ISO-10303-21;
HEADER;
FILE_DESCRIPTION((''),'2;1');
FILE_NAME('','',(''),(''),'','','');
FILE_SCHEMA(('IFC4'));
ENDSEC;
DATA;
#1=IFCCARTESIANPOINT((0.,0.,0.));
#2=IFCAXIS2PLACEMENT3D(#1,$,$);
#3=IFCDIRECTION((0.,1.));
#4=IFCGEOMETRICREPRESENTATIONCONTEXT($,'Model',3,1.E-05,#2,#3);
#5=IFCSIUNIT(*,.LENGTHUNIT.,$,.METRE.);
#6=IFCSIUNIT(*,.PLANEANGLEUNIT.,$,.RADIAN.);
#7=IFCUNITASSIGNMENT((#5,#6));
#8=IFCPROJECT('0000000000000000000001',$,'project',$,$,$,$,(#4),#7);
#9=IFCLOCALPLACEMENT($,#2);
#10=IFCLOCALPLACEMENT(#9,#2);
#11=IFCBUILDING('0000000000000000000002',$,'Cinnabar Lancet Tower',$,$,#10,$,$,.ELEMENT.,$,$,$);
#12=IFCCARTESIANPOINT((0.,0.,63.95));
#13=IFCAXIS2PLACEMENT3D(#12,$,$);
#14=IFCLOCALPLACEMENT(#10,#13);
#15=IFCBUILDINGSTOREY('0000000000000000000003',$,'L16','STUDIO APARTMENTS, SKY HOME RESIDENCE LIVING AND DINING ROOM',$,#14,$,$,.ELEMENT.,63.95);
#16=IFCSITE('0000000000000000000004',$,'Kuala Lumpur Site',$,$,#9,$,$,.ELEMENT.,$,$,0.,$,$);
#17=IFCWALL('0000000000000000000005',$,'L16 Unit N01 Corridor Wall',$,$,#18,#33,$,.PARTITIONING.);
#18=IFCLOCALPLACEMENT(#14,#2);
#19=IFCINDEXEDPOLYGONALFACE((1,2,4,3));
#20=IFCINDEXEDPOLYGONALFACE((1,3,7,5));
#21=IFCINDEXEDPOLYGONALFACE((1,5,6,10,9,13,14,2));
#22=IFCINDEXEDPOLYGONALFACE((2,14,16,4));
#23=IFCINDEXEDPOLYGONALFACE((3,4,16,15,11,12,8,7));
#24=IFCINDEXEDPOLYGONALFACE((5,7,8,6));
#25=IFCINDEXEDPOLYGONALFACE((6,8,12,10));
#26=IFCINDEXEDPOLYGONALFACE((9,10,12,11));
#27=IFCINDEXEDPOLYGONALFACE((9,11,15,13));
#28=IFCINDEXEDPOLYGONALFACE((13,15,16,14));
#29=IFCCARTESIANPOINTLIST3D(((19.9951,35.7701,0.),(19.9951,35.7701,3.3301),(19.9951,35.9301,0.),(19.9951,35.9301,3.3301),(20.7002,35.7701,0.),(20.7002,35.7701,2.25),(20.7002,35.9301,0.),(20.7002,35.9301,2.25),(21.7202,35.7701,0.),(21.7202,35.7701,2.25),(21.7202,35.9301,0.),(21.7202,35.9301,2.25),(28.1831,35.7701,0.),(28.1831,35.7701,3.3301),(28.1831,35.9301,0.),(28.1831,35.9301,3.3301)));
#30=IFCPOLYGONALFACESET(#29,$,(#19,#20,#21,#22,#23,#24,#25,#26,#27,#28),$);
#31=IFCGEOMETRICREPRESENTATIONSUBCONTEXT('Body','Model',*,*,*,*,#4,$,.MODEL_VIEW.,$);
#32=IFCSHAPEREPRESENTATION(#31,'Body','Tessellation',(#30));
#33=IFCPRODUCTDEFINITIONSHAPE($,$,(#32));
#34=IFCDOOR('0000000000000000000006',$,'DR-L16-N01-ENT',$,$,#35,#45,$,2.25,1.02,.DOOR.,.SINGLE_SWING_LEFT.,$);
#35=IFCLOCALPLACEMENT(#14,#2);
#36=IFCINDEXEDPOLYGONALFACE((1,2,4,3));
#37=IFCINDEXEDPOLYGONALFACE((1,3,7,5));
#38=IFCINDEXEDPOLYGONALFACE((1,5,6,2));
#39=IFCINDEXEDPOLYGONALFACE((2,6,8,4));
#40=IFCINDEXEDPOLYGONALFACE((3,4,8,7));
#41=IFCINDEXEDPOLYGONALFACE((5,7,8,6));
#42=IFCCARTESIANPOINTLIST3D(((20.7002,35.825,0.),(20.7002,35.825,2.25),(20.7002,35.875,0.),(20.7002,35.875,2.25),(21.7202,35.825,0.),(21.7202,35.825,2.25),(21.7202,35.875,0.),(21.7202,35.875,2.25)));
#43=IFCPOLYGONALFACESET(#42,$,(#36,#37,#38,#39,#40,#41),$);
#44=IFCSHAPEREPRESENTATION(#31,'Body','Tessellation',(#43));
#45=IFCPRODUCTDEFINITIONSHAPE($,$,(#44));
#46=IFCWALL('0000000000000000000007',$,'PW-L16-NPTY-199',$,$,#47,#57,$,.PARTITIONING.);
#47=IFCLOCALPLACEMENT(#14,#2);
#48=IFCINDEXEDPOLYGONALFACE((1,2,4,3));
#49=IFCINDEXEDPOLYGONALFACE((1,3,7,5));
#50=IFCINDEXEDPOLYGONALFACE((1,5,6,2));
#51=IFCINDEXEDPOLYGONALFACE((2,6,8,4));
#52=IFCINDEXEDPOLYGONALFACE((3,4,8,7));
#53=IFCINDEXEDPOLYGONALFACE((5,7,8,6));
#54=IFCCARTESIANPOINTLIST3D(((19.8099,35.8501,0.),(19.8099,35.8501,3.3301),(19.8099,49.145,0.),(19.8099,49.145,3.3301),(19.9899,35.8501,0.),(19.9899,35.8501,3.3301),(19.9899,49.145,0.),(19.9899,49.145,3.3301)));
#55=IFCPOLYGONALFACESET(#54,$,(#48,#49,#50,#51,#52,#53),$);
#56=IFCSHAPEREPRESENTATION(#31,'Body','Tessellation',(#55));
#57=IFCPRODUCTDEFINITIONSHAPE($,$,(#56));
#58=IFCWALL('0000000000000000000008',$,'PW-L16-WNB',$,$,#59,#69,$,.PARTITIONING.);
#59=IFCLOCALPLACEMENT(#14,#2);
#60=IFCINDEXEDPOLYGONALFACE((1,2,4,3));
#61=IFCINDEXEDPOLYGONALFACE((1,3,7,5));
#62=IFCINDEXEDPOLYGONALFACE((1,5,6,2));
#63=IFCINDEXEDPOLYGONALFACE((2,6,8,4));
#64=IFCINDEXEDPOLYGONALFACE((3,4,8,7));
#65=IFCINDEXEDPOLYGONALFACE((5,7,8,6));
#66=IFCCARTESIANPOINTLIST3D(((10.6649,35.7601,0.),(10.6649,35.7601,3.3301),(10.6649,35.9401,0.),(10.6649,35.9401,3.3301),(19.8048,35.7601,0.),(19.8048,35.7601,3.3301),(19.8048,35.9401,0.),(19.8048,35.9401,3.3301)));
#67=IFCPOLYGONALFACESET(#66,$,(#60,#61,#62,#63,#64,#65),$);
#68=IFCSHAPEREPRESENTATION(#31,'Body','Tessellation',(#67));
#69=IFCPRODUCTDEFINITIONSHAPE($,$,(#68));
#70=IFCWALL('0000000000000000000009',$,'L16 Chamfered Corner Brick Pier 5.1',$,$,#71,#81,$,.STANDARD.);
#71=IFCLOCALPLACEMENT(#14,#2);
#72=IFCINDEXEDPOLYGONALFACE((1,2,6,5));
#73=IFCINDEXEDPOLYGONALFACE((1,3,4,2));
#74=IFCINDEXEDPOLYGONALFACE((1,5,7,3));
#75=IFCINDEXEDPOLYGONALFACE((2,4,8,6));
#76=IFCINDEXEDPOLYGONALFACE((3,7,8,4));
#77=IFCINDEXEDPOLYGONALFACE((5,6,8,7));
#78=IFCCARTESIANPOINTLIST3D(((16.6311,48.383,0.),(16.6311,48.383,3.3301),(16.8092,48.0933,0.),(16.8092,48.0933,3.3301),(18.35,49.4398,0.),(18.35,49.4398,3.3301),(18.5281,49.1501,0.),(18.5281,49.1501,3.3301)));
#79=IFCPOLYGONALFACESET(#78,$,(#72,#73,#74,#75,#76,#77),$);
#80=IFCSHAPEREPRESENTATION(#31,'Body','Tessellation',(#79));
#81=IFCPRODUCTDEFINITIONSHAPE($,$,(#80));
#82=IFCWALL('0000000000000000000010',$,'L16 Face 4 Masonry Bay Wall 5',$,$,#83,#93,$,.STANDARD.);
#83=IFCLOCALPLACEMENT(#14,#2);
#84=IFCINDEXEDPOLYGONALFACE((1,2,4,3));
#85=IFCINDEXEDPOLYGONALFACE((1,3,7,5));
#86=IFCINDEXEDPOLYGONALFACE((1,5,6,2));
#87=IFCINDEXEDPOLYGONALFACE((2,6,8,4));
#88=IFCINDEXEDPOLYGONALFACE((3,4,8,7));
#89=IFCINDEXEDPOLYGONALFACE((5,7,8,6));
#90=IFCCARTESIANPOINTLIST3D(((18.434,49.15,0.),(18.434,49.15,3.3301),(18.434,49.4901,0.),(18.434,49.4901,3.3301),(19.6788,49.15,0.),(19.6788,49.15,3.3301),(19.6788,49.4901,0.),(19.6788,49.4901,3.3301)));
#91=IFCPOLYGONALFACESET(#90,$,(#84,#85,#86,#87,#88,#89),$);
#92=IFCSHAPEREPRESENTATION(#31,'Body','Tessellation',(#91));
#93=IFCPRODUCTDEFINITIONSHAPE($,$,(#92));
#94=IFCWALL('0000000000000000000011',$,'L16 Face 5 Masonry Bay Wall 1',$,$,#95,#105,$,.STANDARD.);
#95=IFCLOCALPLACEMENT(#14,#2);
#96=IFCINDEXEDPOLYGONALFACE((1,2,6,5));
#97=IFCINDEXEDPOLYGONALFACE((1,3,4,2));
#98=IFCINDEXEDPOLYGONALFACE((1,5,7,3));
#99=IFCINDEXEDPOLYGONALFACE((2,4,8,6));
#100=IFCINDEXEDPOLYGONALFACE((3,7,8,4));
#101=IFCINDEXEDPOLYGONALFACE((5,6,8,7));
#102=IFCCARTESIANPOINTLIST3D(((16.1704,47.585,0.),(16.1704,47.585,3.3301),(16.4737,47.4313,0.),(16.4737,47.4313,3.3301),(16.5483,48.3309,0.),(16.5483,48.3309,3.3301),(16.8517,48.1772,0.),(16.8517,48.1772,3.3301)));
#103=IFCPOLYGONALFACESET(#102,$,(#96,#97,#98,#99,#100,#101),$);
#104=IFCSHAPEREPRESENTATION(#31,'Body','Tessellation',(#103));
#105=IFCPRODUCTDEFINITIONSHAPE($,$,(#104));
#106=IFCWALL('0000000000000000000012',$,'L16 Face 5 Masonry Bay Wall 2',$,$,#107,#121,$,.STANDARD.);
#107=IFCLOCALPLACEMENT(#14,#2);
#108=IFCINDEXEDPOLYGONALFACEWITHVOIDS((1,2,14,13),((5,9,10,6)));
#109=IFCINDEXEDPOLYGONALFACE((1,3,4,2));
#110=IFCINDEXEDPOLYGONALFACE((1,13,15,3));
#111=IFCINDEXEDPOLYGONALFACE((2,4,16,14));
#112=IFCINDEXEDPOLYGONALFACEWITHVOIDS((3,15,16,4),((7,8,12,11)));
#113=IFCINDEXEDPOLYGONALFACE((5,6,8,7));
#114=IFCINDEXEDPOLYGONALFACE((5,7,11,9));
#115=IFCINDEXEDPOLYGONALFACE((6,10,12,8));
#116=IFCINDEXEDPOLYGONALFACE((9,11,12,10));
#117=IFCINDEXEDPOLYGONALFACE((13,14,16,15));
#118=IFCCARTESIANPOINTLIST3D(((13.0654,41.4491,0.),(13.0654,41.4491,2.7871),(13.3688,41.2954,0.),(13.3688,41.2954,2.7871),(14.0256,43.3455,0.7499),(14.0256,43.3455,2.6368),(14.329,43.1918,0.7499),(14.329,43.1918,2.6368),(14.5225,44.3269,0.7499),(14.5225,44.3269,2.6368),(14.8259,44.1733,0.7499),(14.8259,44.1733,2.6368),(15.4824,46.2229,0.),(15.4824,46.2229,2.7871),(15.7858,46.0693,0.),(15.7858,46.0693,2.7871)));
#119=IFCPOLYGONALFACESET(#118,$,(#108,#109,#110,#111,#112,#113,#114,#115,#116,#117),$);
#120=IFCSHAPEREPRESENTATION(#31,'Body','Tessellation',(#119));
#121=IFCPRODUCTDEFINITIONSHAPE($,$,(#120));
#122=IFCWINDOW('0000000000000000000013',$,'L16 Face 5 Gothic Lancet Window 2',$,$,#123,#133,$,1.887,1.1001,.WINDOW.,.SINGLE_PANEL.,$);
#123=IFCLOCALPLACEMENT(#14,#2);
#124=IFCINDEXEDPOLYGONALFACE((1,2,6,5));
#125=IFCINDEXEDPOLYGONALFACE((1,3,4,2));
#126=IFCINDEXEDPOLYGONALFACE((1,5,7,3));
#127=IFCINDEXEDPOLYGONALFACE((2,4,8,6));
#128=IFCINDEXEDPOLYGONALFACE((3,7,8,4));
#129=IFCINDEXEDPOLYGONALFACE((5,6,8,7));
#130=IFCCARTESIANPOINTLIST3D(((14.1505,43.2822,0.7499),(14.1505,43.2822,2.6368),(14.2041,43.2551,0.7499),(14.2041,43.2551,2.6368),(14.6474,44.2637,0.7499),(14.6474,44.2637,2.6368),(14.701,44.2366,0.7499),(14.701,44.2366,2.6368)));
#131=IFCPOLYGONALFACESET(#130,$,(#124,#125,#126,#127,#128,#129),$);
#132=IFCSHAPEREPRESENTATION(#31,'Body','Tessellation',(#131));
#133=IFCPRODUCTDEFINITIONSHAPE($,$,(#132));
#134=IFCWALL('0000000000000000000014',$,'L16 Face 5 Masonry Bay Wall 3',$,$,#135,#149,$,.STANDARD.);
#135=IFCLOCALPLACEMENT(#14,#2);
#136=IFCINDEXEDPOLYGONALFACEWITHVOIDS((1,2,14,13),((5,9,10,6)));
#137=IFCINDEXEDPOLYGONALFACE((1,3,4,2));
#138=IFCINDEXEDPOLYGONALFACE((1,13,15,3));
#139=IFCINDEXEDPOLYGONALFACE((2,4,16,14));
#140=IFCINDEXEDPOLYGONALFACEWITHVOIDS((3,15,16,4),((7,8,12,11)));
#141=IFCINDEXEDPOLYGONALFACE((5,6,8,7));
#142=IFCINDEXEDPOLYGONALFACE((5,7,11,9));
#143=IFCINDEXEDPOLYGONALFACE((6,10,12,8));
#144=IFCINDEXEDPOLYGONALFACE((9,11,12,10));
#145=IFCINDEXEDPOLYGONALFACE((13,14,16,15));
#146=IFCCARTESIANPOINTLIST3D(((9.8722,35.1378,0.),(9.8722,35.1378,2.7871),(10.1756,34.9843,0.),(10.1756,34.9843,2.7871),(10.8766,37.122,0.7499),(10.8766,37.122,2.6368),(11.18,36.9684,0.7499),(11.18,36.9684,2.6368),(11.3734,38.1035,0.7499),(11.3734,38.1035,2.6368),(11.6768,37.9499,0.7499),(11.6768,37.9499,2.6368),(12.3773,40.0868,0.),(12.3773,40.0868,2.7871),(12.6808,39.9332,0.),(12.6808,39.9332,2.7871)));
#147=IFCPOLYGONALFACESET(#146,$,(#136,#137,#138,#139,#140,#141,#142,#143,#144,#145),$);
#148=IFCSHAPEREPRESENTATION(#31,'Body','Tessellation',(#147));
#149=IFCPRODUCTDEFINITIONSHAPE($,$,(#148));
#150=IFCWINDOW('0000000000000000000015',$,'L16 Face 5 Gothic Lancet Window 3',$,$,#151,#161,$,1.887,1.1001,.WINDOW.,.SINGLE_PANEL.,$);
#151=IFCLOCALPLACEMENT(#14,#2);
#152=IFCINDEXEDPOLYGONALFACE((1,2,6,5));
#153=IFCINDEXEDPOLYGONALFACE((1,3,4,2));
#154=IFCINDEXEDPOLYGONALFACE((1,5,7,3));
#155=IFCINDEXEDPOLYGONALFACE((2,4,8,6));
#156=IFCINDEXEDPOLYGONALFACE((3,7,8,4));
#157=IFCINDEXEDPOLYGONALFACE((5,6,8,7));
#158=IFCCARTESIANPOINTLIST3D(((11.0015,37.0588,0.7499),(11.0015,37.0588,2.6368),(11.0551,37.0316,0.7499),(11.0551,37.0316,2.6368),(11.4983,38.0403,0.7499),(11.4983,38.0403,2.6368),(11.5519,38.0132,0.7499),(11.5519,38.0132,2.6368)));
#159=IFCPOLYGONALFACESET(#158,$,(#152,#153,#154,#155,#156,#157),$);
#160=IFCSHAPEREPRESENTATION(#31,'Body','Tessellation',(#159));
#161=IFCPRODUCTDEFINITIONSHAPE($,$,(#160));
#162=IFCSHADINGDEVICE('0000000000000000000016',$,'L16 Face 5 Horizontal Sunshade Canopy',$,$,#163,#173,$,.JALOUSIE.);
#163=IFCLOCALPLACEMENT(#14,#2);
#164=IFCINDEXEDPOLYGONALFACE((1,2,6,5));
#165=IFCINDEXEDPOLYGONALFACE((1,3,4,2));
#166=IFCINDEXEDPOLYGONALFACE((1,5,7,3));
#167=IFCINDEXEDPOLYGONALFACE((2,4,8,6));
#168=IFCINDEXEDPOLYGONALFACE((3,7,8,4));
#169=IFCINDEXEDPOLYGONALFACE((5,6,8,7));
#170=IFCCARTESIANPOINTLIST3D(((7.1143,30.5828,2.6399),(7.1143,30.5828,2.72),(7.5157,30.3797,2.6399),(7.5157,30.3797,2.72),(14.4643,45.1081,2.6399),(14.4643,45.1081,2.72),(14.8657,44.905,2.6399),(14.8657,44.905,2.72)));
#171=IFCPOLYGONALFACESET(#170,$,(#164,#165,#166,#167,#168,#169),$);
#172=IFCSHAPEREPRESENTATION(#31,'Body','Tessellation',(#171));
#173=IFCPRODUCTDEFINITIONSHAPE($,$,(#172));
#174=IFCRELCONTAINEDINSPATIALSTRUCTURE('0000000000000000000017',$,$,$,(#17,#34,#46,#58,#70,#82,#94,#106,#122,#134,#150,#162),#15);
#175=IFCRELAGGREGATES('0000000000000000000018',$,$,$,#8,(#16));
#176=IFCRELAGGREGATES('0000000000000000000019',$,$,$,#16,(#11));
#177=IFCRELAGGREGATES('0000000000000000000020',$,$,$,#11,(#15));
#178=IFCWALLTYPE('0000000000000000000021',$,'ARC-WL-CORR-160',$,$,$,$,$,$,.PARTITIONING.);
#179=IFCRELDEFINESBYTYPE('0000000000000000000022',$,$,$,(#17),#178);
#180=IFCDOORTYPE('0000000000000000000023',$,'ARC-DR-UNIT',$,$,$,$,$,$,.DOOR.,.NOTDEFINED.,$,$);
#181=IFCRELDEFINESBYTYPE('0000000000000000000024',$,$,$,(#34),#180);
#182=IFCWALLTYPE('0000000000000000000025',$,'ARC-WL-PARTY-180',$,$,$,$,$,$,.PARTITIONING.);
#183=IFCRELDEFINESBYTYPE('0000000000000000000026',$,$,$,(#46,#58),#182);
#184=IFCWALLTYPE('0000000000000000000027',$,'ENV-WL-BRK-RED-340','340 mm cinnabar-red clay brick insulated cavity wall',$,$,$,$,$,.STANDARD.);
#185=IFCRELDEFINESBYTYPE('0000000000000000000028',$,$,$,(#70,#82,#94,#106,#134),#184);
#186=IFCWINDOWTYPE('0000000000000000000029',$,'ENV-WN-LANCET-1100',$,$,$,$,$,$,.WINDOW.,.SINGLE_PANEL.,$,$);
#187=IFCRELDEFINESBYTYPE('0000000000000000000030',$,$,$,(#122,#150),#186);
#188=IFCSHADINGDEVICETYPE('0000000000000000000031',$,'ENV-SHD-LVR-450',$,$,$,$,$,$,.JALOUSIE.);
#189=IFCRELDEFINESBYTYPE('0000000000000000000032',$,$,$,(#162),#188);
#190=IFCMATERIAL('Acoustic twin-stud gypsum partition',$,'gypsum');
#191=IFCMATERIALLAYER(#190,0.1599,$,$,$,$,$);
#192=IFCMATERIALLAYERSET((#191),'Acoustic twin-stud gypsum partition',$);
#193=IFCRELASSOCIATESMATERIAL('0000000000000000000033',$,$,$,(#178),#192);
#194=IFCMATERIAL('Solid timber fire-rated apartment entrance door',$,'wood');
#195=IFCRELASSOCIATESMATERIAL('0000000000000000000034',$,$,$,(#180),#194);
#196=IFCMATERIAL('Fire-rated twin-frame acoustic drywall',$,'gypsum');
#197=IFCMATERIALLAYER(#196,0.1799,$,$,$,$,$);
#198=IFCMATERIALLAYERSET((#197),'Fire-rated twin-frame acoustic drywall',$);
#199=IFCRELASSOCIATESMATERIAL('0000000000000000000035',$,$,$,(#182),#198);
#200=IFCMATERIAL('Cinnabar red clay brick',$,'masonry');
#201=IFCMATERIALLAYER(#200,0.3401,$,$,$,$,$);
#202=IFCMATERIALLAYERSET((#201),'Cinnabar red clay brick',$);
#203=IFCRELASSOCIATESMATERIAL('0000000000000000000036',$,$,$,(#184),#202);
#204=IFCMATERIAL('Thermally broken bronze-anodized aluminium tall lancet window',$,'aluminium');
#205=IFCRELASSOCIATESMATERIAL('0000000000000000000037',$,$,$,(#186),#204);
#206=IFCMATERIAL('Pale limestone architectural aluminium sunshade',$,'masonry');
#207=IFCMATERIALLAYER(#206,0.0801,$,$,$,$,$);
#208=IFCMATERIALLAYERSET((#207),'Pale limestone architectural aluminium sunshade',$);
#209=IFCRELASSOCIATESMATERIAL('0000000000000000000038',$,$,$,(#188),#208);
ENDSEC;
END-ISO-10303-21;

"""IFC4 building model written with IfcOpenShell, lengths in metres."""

from ifc_helpers import new_model, si_unit, direction, frame, frame_2d, origin, origin_2d, place, context, subcontext, project, spatial, rectangle, extrude, material, layer, layer_set, type_object, element, fill, save


model = new_model("IFC4")

# Units and contexts
model_context = context("Model", 3, precision=1e-05, world=origin(), true_north=direction((0.0, 1.0)))
body_context = subcontext(model_context, "Body", "Model", "MODEL_VIEW")
ifc_project = project(units=[si_unit("LENGTHUNIT", "METRE"), si_unit("PLANEANGLEUNIT", "RADIAN")], contexts=[model_context])

# Site, building, storey
site_placement = place(None, origin())
site = spatial("IfcSite", under=ifc_project, at=site_placement, Name="Kuala Lumpur Site", CompositionType="ELEMENT", RefElevation=0.0)
building_placement = place(site_placement, origin())
building = spatial("IfcBuilding", under=site, at=building_placement, Name="Cinnabar Lancet Tower", CompositionType="ELEMENT")
storey_placement = place(building_placement, frame((0.0, 0.0, 63.95)))
storey = spatial("IfcBuildingStorey", under=building, at=storey_placement, Name="L16", Description="STUDIO APARTMENTS, SKY HOME RESIDENCE LIVING AND DINING ROOM", CompositionType="ELEMENT", Elevation=63.95)

# Wall, opening, door
ifc_material_1 = material(Name="Acoustic twin-stud gypsum partition", Category="gypsum")
ifc_layer_1 = layer(ifc_material_1, 0.1599)
ifc_layer_set_1 = layer_set([ifc_layer_1], Name="Acoustic twin-stud gypsum partition")
wall_type_1 = type_object("IfcWallType", Name="ARC-WL-CORR-160", PredefinedType="PARTITIONING", material=ifc_layer_set_1)
wall_1_placement = place(storey_placement, frame((19.9951, 35.8501, 0.0), z_axis=(0.0, 0.0, 1.0), x_axis=(1.0, 0.0, 0.0)))
wall_1 = element("IfcWall", 1, at=wall_1_placement, inside=storey, type_object=wall_type_1, Name="L16 Unit N01 Corridor Wall", PredefinedType="PARTITIONING", context=body_context, shape_type="SweptSolid", body=[
    extrude(rectangle(XDim=8.188, YDim=0.1599, at=frame_2d((4.094, 0.0))), origin(), (0.0, 0.0, 1.0), 3.3301),
])
opening_1_placement = place(wall_1_placement, frame((0.7051, 0.0, 0.0)))
opening_1 = element("IfcOpeningElement", 2, at=opening_1_placement, cuts=wall_1, PredefinedType="OPENING", context=body_context, shape_type="SweptSolid", body=[
    extrude(rectangle(XDim=1.02, YDim=2.25, at=frame_2d((0.51, 1.125))), frame((0.0, 0.0898, 0.0), z_axis=(0.0, -1.0, 0.0), x_axis=(1.0, 0.0, 0.0)), (0.0, 0.0, 1.0), 0.1799),
])
ifc_material_2 = material(Name="Solid timber fire-rated apartment entrance door", Category="wood")
door_type = type_object("IfcDoorType", Name="ARC-DR-UNIT", OperationType="NOTDEFINED", PredefinedType="DOOR", material=ifc_material_2)
door_placement = place(opening_1_placement, origin())
door = element("IfcDoor", 3, at=door_placement, inside=storey, type_object=door_type, Name="DR-L16-N01-ENT", OperationType="SINGLE_SWING_LEFT", OverallHeight=2.25, OverallWidth=1.02, PredefinedType="DOOR", context=body_context, shape_type="SweptSolid", body=[
    extrude(rectangle(XDim=1.02, YDim=2.25, at=frame_2d((0.51, 1.125))), frame((0.0, 0.0249, 0.0), z_axis=(0.0, -1.0, 0.0), x_axis=(1.0, 0.0, 0.0)), (0.0, 0.0, 1.0), 0.05),
])
fill(opening_1, door)

# Walls
ifc_material_3 = material(Name="Fire-rated twin-frame acoustic drywall", Category="gypsum")
ifc_layer_2 = layer(ifc_material_3, 0.1799)
ifc_layer_set_2 = layer_set([ifc_layer_2], Name="Fire-rated twin-frame acoustic drywall")
wall_type_2 = type_object("IfcWallType", Name="ARC-WL-PARTY-180", PredefinedType="PARTITIONING", material=ifc_layer_set_2)
wall_2_placement = place(storey_placement, frame((19.8999, 35.8501, 0.0), z_axis=(0.0, 0.0, 1.0), x_axis=(0.0, 1.0, 0.0)))
element("IfcWall", 4, at=wall_2_placement, inside=storey, type_object=wall_type_2, Name="PW-L16-NPTY-199", PredefinedType="PARTITIONING", context=body_context, shape_type="SweptSolid", body=[
    extrude(rectangle(XDim=13.2949, YDim=0.1799, at=frame_2d((6.6475, 0.0))), origin(), (0.0, 0.0, 1.0), 3.3301),
])
wall_3_placement = place(storey_placement, frame((10.665, 35.8501, 0.0), z_axis=(0.0, 0.0, 1.0), x_axis=(1.0, 0.0, 0.0)))
element("IfcWall", 5, at=wall_3_placement, inside=storey, type_object=wall_type_2, Name="PW-L16-WNB", PredefinedType="PARTITIONING", context=body_context, shape_type="SweptSolid", body=[
    extrude(rectangle(XDim=9.1399, YDim=0.1799, at=frame_2d((4.5698, 0.0))), origin(), (0.0, 0.0, 1.0), 3.3301),
])
ifc_material_4 = material(Name="Cinnabar red clay brick", Category="masonry")
ifc_layer_3 = layer(ifc_material_4, 0.3401)
ifc_layer_set_3 = layer_set([ifc_layer_3], Name="Cinnabar red clay brick")
wall_type_3 = type_object("IfcWallType", Name="ENV-WL-BRK-RED-340", Description="340 mm cinnabar-red clay brick insulated cavity wall", PredefinedType="STANDARD", material=ifc_layer_set_3)
wall_4_placement = place(storey_placement, frame((18.439, 49.2949, 0.0), z_axis=(0.0, 0.0, 1.0), x_axis=(-0.85187, -0.523753, 0.0)))
element("IfcWall", 6, at=wall_4_placement, inside=storey, type_object=wall_type_3, Name="L16 Chamfered Corner Brick Pier 5.1", PredefinedType="STANDARD", context=body_context, shape_type="SweptSolid", body=[
    extrude(rectangle(XDim=2.0178, YDim=0.3401, at=frame_2d((1.0088, 0.0))), origin(), (0.0, 0.0, 1.0), 3.3301),
])
wall_5_placement = place(storey_placement, frame((19.679, 49.3201, 0.0), z_axis=(0.0, 0.0, 1.0), x_axis=(-1.0, 0.0, 0.0)))
element("IfcWall", 7, at=wall_5_placement, inside=storey, type_object=wall_type_3, Name="L16 Face 4 Masonry Bay Wall 5", PredefinedType="STANDARD", context=body_context, shape_type="SweptSolid", body=[
    extrude(rectangle(XDim=1.2449, YDim=0.3401, at=frame_2d((0.6226, 0.0))), origin(), (0.0, 0.0, 1.0), 3.3301),
])
wall_6_placement = place(storey_placement, frame((16.7, 48.2539, 0.0), z_axis=(0.0, 0.0, 1.0), x_axis=(-0.451996, -0.89202, 0.0)))
element("IfcWall", 8, at=wall_6_placement, inside=storey, type_object=wall_type_3, Name="L16 Face 5 Masonry Bay Wall 1", PredefinedType="STANDARD", context=body_context, shape_type="SweptSolid", body=[
    extrude(rectangle(XDim=0.8362, YDim=0.3401, at=frame_2d((0.418, 0.0))), origin(), (0.0, 0.0, 1.0), 3.3301),
])

# Walls, openings, windows
wall_7_placement = place(storey_placement, frame((15.634, 46.146, 0.0), z_axis=(0.0, 0.0, 1.0), x_axis=(-0.451698, -0.892171, 0.0)))
wall_7 = element("IfcWall", 9, at=wall_7_placement, inside=storey, type_object=wall_type_3, Name="L16 Face 5 Masonry Bay Wall 2", PredefinedType="STANDARD", context=body_context, shape_type="SweptSolid", body=[
    extrude(rectangle(XDim=5.3508, YDim=0.3401, at=frame_2d((2.6753, 0.0))), origin(), (0.0, 0.0, 1.0), 2.7871),
])
opening_2_placement = place(wall_7_placement, frame((2.125, 0.0, 0.75)))
opening_2 = element("IfcOpeningElement", 10, at=opening_2_placement, cuts=wall_7, PredefinedType="OPENING", context=body_context, shape_type="SweptSolid", body=[
    extrude(rectangle(XDim=1.1001, YDim=1.887, at=frame_2d((0.55, 0.9434))), frame((0.0, 0.1799, 0.0), z_axis=(0.0, -1.0, 0.0), x_axis=(1.0, 0.0, 0.0)), (0.0, 0.0, 1.0), 0.3601),
])
ifc_material_5 = material(Name="Thermally broken bronze-anodized aluminium tall lancet window", Category="aluminium")
window_type = type_object("IfcWindowType", Name="ENV-WN-LANCET-1100", PartitioningType="SINGLE_PANEL", PredefinedType="WINDOW", material=ifc_material_5)
window_1_placement = place(opening_2_placement, origin())
window_1 = element("IfcWindow", 11, at=window_1_placement, inside=storey, type_object=window_type, Name="L16 Face 5 Gothic Lancet Window 2", OverallHeight=1.887, OverallWidth=1.1001, PartitioningType="SINGLE_PANEL", PredefinedType="WINDOW", context=body_context, shape_type="SweptSolid", body=[
    extrude(rectangle(XDim=1.1001, YDim=1.887, at=frame_2d((0.55, 0.9434))), frame((0.0, 0.03, 0.0), z_axis=(0.0, -1.0, 0.0), x_axis=(1.0, 0.0, 0.0)), (0.0, 0.0, 1.0), 0.0601),
])
fill(opening_2, window_1)
wall_8_placement = place(storey_placement, frame((12.5291, 40.01, 0.0), z_axis=(0.0, 0.0, 1.0), x_axis=(-0.451627, -0.892207, 0.0)))
wall_8 = element("IfcWall", 12, at=wall_8_placement, inside=storey, type_object=wall_type_3, Name="L16 Face 5 Masonry Bay Wall 3", PredefinedType="STANDARD", context=body_context, shape_type="SweptSolid", body=[
    extrude(rectangle(XDim=5.5469, YDim=0.3401, at=frame_2d((2.7734, 0.0))), origin(), (0.0, 0.0, 1.0), 2.7871),
])
opening_3_placement = place(wall_8_placement, frame((2.2229, 0.0, 0.75)))
opening_3 = element("IfcOpeningElement", 13, at=opening_3_placement, cuts=wall_8, PredefinedType="OPENING", context=body_context, shape_type="SweptSolid", body=[
    extrude(rectangle(XDim=1.1001, YDim=1.887, at=frame_2d((0.55, 0.9434))), frame((0.0, 0.1799, 0.0), z_axis=(0.0, -1.0, 0.0), x_axis=(1.0, 0.0, 0.0)), (0.0, 0.0, 1.0), 0.3601),
])
window_2_placement = place(opening_3_placement, origin())
window_2 = element("IfcWindow", 14, at=window_2_placement, inside=storey, type_object=window_type, Name="L16 Face 5 Gothic Lancet Window 3", OverallHeight=1.887, OverallWidth=1.1001, PartitioningType="SINGLE_PANEL", PredefinedType="WINDOW", context=body_context, shape_type="SweptSolid", body=[
    extrude(rectangle(XDim=1.1001, YDim=1.887, at=frame_2d((0.55, 0.9434))), frame((0.0, 0.03, 0.0), z_axis=(0.0, -1.0, 0.0), x_axis=(1.0, 0.0, 0.0)), (0.0, 0.0, 1.0), 0.0601),
])
fill(opening_3, window_2)

# Shading device
ifc_material_6 = material(Name="Pale limestone architectural aluminium sunshade", Category="masonry")
ifc_layer_4 = layer(ifc_material_6, 0.0801)
ifc_layer_set_4 = layer_set([ifc_layer_4], Name="Pale limestone architectural aluminium sunshade")
shading_device_type = type_object("IfcShadingDeviceType", Name="ENV-SHD-LVR-450", PredefinedType="JALOUSIE", material=ifc_layer_set_4)
shading_device_placement = place(storey_placement, frame((10.99, 37.7439, 2.6399), z_axis=(0.0, 0.0, 1.0), x_axis=(-0.451501, -0.892271, 0.0)))
element("IfcShadingDevice", 15, at=shading_device_placement, inside=storey, type_object=shading_device_type, Name="L16 Face 5 Horizontal Sunshade Canopy", PredefinedType="JALOUSIE", context=body_context, shape_type="SweptSolid", body=[
    extrude(rectangle(XDim=16.2791, YDim=0.45, at=origin_2d()), origin(), (0.0, 0.0, 1.0), 0.0801),
])

save(model, "model.ifc")
